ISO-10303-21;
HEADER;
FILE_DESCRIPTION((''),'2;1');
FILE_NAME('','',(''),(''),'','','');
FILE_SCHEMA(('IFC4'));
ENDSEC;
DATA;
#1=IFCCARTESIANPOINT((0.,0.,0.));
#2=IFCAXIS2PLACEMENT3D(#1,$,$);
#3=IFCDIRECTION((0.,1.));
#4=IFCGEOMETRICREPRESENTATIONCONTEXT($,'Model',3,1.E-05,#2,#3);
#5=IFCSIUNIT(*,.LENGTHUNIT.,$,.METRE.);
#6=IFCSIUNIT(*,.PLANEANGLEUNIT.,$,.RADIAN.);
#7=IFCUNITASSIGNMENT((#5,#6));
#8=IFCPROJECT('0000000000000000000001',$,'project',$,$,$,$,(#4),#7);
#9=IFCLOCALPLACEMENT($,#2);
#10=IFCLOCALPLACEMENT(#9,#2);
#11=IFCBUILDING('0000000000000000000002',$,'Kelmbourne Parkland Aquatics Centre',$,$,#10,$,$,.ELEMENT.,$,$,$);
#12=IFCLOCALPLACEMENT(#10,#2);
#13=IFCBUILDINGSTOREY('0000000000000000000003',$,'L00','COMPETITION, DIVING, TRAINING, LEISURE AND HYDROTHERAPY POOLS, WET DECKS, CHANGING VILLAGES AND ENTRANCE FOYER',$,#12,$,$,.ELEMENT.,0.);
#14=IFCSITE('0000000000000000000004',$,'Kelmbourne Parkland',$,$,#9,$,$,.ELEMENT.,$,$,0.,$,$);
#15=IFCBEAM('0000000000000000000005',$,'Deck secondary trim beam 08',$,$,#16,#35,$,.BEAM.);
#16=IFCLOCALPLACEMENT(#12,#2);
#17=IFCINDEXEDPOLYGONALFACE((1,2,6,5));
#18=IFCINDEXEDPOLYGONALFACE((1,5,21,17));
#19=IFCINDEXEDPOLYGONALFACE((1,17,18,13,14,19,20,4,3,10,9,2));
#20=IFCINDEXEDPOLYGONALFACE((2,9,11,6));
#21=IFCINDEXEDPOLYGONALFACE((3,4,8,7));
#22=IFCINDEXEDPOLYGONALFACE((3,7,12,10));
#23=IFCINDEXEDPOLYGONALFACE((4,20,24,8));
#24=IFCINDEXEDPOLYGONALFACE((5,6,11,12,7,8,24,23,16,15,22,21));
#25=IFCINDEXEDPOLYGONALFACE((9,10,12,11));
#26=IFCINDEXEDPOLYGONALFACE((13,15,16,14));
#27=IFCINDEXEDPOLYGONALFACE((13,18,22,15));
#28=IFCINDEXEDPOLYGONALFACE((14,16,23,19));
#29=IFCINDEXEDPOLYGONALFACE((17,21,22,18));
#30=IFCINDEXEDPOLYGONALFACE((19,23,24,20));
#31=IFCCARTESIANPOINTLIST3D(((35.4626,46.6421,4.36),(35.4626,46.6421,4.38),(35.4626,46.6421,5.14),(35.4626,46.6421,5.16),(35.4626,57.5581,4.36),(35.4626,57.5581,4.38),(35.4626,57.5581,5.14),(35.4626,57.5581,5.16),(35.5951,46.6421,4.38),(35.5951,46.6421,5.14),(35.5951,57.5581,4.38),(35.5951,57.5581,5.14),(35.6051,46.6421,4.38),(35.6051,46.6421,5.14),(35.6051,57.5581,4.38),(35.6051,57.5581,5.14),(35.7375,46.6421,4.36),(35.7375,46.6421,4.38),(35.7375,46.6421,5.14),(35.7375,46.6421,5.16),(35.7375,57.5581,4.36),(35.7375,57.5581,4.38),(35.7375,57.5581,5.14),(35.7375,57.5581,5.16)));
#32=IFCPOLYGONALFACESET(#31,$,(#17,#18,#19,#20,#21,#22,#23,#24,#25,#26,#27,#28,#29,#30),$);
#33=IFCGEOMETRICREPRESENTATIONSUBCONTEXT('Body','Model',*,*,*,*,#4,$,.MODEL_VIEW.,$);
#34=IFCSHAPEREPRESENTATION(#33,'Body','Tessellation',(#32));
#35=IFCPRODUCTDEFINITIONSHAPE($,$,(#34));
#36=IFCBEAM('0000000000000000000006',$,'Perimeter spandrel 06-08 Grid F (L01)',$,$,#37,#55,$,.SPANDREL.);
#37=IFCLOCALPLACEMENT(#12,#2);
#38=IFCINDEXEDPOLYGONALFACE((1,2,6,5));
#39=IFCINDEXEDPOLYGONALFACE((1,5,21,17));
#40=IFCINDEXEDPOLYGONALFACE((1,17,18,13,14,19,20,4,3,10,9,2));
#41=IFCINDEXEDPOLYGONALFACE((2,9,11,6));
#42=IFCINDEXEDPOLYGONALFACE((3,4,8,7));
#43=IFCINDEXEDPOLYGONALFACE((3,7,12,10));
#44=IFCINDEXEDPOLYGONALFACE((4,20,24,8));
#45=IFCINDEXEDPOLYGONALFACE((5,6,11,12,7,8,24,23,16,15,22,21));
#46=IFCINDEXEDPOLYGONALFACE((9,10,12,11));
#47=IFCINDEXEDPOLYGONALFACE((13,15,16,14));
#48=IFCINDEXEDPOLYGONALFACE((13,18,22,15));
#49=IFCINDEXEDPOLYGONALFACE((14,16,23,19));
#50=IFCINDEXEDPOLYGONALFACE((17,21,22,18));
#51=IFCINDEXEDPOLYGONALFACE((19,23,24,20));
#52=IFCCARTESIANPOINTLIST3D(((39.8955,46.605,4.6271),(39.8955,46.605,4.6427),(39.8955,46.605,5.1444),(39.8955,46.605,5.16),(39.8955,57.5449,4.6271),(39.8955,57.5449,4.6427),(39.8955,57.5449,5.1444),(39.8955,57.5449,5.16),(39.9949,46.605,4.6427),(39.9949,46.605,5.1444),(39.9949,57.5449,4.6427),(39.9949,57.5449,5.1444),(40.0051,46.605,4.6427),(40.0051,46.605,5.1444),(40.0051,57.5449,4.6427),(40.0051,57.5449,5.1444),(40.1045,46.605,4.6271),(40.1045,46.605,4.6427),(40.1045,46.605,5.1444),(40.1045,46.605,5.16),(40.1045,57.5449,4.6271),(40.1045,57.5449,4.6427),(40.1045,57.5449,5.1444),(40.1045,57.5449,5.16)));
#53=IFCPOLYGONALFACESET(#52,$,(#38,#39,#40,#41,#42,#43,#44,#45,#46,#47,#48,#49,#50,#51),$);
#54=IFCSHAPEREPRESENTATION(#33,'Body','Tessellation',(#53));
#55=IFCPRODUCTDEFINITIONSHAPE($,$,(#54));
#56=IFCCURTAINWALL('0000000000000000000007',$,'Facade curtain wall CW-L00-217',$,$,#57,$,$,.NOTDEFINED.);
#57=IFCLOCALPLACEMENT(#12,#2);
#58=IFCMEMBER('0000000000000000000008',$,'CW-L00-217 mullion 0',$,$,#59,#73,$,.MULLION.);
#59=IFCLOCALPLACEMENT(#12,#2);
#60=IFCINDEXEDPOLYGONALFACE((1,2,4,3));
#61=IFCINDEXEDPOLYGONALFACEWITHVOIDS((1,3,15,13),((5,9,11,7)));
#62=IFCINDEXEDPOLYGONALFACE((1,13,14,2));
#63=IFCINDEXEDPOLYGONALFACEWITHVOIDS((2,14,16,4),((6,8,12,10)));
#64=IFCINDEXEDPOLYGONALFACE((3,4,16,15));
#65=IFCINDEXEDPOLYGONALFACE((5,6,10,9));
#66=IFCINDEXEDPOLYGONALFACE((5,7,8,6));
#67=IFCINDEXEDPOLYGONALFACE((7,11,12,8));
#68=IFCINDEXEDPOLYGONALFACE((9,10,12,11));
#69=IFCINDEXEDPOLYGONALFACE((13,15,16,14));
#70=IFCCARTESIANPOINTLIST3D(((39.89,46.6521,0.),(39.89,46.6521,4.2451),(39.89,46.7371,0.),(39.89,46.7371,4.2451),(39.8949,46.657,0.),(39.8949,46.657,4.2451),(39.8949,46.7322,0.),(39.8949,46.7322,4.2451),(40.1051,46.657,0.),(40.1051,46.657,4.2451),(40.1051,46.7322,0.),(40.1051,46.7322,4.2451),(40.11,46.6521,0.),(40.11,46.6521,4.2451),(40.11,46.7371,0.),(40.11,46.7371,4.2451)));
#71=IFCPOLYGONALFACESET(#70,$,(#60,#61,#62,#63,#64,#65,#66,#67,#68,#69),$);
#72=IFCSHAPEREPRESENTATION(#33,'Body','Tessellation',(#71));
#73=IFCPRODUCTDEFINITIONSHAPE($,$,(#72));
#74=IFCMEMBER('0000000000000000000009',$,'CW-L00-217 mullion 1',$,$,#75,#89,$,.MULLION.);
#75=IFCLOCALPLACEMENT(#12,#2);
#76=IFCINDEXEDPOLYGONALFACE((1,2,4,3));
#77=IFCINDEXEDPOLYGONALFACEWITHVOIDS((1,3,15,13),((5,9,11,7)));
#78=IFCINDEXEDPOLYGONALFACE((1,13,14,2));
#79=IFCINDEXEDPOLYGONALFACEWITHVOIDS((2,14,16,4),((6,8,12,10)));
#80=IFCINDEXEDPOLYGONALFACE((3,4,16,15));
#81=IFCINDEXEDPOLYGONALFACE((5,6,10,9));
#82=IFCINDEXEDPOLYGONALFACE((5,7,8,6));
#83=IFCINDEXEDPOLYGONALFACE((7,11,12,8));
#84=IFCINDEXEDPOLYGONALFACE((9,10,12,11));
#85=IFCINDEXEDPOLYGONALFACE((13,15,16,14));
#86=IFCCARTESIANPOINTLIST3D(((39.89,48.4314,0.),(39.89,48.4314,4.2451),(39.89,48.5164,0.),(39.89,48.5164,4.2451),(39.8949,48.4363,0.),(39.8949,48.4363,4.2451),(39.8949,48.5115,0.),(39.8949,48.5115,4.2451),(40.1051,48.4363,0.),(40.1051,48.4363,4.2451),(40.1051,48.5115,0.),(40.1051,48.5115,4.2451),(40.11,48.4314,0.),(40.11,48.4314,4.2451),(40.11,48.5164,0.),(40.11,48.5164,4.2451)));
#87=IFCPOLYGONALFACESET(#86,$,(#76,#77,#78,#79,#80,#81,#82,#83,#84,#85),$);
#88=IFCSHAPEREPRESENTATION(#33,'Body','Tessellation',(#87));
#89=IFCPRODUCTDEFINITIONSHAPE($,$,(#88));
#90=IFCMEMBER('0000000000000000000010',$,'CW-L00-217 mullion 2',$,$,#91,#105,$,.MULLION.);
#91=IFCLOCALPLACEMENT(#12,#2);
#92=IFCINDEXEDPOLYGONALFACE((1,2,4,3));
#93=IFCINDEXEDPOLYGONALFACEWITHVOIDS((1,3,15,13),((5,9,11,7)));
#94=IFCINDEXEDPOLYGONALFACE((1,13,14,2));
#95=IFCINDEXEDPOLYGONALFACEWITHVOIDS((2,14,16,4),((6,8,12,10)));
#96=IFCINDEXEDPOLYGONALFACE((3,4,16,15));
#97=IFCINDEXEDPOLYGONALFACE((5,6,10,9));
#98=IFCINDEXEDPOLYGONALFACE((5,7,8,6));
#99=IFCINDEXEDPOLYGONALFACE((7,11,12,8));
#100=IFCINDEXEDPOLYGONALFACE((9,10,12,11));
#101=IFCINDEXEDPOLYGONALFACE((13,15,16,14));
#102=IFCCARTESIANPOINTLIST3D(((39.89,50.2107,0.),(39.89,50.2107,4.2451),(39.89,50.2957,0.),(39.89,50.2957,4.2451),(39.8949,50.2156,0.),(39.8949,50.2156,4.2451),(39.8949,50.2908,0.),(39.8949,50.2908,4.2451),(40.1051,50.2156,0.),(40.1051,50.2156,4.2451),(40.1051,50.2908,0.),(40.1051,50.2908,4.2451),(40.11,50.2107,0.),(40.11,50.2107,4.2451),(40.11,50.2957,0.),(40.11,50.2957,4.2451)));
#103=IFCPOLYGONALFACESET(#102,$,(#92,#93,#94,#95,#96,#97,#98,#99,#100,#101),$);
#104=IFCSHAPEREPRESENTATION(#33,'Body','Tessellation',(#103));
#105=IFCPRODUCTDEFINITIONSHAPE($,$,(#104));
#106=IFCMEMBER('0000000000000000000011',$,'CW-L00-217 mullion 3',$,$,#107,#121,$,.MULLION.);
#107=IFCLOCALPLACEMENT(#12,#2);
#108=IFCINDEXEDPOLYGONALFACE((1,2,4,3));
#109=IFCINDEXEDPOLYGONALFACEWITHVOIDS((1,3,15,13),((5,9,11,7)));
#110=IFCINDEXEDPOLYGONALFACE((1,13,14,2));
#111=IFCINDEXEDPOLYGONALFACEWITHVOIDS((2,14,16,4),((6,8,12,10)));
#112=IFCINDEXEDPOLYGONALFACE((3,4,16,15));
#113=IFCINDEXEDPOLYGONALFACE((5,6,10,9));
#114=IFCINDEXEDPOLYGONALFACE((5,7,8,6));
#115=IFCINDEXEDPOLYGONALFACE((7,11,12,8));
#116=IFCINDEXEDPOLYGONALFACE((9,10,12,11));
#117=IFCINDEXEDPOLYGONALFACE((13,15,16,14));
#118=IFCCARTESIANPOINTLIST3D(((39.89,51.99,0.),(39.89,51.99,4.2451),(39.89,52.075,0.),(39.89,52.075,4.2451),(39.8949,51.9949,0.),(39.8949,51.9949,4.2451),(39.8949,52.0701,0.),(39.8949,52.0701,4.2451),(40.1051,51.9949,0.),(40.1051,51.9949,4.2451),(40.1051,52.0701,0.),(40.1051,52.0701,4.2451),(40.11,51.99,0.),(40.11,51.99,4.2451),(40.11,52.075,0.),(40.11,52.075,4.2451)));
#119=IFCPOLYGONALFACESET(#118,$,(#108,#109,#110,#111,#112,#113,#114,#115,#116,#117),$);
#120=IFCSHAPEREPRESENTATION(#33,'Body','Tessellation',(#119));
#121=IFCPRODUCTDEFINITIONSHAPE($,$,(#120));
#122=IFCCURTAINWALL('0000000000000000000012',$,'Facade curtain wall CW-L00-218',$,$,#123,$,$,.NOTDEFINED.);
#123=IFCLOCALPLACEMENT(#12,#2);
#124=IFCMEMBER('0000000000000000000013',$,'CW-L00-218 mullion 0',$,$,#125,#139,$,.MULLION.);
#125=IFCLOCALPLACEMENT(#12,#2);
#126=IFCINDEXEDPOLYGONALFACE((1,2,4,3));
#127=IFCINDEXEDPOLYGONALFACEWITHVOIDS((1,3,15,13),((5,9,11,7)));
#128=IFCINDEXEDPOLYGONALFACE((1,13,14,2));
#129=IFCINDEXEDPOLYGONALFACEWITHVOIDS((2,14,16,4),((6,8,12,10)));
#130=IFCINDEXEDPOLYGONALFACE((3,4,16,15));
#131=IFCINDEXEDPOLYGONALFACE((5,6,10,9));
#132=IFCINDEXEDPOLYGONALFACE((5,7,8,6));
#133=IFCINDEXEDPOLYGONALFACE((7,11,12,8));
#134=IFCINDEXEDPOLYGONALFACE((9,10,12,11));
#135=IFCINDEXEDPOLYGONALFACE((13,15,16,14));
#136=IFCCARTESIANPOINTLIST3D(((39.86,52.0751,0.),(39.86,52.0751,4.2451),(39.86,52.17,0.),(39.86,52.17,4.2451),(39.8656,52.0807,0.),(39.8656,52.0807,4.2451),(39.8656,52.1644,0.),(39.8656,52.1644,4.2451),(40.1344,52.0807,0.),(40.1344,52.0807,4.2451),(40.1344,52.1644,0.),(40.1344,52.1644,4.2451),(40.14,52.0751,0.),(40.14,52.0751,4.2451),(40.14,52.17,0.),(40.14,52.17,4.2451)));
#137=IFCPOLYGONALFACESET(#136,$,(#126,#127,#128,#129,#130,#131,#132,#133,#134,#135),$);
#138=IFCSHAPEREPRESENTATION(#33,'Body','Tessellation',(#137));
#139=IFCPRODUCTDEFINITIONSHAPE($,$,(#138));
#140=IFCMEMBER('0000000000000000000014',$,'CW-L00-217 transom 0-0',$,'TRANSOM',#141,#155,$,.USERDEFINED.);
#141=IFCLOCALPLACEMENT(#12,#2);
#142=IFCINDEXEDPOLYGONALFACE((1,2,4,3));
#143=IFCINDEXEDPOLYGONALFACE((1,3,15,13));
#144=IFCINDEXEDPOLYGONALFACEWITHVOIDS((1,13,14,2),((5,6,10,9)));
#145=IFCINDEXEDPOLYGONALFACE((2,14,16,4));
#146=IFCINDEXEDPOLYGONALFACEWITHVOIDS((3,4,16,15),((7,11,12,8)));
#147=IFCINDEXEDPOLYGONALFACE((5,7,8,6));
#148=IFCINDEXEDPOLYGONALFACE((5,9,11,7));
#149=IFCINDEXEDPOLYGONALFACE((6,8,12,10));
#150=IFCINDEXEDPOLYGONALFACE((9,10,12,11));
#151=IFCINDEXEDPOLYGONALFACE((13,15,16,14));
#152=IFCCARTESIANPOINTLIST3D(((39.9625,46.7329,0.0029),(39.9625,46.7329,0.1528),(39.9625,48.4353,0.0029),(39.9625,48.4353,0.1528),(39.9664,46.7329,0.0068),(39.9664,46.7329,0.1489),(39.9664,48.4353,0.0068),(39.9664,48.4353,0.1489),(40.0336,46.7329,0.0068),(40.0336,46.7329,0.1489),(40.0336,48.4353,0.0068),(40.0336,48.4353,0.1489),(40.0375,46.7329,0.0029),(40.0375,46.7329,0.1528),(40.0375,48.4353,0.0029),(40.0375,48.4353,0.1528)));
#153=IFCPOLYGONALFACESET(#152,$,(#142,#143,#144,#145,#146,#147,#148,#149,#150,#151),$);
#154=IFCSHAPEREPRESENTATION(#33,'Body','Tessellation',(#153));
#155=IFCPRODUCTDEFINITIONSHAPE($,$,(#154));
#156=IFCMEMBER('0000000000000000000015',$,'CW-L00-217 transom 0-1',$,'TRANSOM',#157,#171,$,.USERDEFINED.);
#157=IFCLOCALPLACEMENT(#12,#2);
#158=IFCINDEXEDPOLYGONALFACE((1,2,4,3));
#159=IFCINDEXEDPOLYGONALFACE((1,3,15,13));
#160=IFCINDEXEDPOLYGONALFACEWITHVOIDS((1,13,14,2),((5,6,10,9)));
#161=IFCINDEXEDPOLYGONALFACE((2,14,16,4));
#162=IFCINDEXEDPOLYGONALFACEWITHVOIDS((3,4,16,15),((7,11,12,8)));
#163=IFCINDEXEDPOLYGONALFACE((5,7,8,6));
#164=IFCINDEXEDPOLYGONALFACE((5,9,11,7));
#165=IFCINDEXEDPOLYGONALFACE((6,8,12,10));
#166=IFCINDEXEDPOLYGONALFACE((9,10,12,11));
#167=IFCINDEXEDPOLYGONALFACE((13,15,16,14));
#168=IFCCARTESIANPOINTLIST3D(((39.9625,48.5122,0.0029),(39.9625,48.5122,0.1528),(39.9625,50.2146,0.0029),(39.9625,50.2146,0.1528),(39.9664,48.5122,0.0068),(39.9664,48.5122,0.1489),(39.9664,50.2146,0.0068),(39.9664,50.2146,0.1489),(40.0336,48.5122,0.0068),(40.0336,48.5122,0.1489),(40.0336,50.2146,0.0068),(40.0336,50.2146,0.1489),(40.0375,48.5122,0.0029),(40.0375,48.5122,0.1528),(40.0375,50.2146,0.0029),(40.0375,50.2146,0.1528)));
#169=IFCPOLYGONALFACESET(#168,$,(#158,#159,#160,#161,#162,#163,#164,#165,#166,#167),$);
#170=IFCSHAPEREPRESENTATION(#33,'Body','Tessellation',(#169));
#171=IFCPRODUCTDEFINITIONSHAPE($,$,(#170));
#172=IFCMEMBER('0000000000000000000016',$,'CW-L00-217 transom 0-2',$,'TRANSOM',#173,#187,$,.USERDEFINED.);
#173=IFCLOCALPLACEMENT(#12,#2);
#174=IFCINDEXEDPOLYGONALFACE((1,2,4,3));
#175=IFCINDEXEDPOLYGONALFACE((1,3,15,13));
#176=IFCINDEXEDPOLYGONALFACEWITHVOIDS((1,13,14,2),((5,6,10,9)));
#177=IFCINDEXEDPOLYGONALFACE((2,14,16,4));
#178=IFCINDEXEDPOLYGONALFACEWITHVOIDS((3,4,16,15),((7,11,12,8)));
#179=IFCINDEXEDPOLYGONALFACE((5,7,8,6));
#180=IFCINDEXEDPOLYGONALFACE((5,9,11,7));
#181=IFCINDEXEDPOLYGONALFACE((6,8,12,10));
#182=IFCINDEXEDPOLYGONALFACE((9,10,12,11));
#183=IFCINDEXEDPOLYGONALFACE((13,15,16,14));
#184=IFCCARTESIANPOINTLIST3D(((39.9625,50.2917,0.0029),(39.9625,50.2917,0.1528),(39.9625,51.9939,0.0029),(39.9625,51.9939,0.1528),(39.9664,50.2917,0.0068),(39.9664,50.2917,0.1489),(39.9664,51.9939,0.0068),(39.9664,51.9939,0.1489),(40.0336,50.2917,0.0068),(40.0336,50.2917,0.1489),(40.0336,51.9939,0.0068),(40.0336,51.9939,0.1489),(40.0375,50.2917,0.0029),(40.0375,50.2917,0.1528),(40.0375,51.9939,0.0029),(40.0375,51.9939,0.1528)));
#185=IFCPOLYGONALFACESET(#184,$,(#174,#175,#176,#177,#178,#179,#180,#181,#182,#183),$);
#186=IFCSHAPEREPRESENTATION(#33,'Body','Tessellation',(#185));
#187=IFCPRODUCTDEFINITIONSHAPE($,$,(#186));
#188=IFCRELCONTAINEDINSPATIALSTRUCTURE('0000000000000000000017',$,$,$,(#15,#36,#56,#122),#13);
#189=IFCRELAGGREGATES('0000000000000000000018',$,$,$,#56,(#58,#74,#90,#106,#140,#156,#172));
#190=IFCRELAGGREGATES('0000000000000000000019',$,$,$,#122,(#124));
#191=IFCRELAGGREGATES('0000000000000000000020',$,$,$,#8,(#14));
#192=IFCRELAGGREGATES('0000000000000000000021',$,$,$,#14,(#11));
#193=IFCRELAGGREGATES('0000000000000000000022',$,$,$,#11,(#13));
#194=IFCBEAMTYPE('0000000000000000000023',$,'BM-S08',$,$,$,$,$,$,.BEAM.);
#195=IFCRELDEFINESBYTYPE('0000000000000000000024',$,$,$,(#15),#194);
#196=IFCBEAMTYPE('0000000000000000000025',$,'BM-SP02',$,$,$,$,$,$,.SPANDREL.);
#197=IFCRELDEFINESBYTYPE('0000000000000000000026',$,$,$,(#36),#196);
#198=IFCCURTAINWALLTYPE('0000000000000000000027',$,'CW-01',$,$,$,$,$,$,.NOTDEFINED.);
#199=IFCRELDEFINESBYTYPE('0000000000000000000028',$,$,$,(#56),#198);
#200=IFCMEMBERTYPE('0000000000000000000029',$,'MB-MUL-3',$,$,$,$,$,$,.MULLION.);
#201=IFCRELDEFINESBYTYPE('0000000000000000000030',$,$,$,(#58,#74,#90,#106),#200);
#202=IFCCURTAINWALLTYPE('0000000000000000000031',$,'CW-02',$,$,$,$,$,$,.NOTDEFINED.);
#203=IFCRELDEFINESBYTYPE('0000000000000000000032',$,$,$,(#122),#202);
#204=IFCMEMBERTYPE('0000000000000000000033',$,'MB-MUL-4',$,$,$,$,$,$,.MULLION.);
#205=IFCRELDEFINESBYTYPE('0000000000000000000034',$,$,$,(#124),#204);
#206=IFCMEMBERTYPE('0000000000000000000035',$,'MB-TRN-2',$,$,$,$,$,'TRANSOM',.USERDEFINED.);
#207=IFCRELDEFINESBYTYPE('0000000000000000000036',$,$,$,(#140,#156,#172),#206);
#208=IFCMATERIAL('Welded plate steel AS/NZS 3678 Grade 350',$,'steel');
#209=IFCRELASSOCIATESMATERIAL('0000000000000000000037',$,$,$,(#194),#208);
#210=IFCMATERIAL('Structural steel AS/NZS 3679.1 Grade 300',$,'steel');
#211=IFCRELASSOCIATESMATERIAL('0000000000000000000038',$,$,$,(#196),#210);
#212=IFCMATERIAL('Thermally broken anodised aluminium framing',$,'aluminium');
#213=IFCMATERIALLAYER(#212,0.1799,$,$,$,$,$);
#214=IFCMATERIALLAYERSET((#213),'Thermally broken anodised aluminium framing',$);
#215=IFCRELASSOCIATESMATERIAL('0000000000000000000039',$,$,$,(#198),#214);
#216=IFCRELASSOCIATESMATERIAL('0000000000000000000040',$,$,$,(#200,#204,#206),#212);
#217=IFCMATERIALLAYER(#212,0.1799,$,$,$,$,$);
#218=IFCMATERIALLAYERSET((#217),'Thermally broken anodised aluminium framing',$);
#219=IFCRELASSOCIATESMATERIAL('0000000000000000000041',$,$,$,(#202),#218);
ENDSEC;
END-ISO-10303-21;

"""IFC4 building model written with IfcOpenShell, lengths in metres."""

from ifc_helpers import new_model, si_unit, direction, frame, origin, origin_2d, place, context, subcontext, project, spatial, hollow_rectangle, i_section, extrude, material, layer, layer_set, material_profile, profile_set, type_object, element, aggregate, save


model = new_model("IFC4")

# Units and contexts
model_context = context("Model", 3, precision=1e-05, world=origin(), true_north=direction((0.0, 1.0)))
body_context = subcontext(model_context, "Body", "Model", "MODEL_VIEW")
ifc_project = project(units=[si_unit("LENGTHUNIT", "METRE"), si_unit("PLANEANGLEUNIT", "RADIAN")], contexts=[model_context])

# Site, building, storey
site_placement = place(None, origin())
site = spatial("IfcSite", under=ifc_project, at=site_placement, Name="Kelmbourne Parkland", CompositionType="ELEMENT", RefElevation=0.0)
building_placement = place(site_placement, origin())
building = spatial("IfcBuilding", under=site, at=building_placement, Name="Kelmbourne Parkland Aquatics Centre", CompositionType="ELEMENT")
storey_placement = place(building_placement, origin())
storey = spatial("IfcBuildingStorey", under=building, at=storey_placement, Name="L00", Description="COMPETITION, DIVING, TRAINING, LEISURE AND HYDROTHERAPY POOLS, WET DECKS, CHANGING VILLAGES AND ENTRANCE FOYER", CompositionType="ELEMENT", Elevation=0.0)

# Beams
ifc_material_1 = material(Name="Structural steel AS/NZS 3679.1 Grade 300", Category="steel")
ifc_material_2 = material(Name="Welded plate steel AS/NZS 3678 Grade 350", Category="steel")
ifc_material_profile_1 = material_profile(ifc_material_2, i_section(OverallWidth=0.2749, OverallDepth=0.8, WebThickness=0.01, FlangeThickness=0.02, at=origin_2d()), Name="800WB146")
ifc_profile_set_1 = profile_set([ifc_material_profile_1], Name="Welded plate steel AS/NZS 3678 Grade 350")
beam_type_1 = type_object("IfcBeamType", Name="BM-S08", PredefinedType="BEAM", material=ifc_profile_set_1)
beam_1_placement = place(storey_placement, frame((35.6001, 46.6421, 4.76), z_axis=(0.0, 1.0, 0.0), x_axis=(-1.0, 0.0, 0.0)))
element("IfcBeam", 1, at=beam_1_placement, inside=storey, type_object=beam_type_1, Name="Deck secondary trim beam 08", PredefinedType="BEAM", context=body_context, shape_type="SweptSolid", body=[
    extrude(i_section(OverallWidth=0.2749, OverallDepth=0.8, WebThickness=0.01, FlangeThickness=0.02, at=origin_2d()), origin(), (0.0, 0.0, 1.0), 10.916),
])
ifc_material_profile_2 = material_profile(ifc_material_1, i_section(OverallWidth=0.209, OverallDepth=0.533, WebThickness=0.0103, FlangeThickness=0.0156, at=origin_2d()), Name="530UB92.4")
ifc_profile_set_2 = profile_set([ifc_material_profile_2], Name="Structural steel AS/NZS 3679.1 Grade 300")
beam_type_2 = type_object("IfcBeamType", Name="BM-SP02", PredefinedType="SPANDREL", material=ifc_profile_set_2)
beam_2_placement = place(storey_placement, frame((40.0, 46.605, 4.8936), z_axis=(0.0, 1.0, 0.0), x_axis=(-1.0, 0.0, 0.0)))
element("IfcBeam", 2, at=beam_2_placement, inside=storey, type_object=beam_type_2, Name="Perimeter spandrel 06-08 Grid F (L01)", PredefinedType="SPANDREL", context=body_context, shape_type="SweptSolid", body=[
    extrude(i_section(OverallWidth=0.209, OverallDepth=0.533, WebThickness=0.0103, FlangeThickness=0.0156, at=origin_2d()), origin(), (0.0, 0.0, 1.0), 10.9399),
])

# Curtain wall, members
ifc_material_3 = material(Name="Thermally broken anodised aluminium framing", Category="aluminium")
ifc_layer_1 = layer(ifc_material_3, 0.1799)
ifc_layer_set_1 = layer_set([ifc_layer_1], Name="Thermally broken anodised aluminium framing")
curtain_wall_type_1 = type_object("IfcCurtainWallType", Name="CW-01", PredefinedType="NOTDEFINED", material=ifc_layer_set_1)
curtain_wall_1_placement = place(storey_placement, origin())
curtain_wall_1 = element("IfcCurtainWall", 3, at=curtain_wall_1_placement, inside=storey, type_object=curtain_wall_type_1, Name="Facade curtain wall CW-L00-217", PredefinedType="NOTDEFINED")
ifc_material_profile_3 = material_profile(ifc_material_3, hollow_rectangle(XDim=0.085, YDim=0.22, WallThickness=0.0049, at=origin_2d()), Name="CW-M 85x220")
ifc_profile_set_3 = profile_set([ifc_material_profile_3], Name="Thermally broken anodised aluminium framing")
member_type_1 = type_object("IfcMemberType", Name="MB-MUL-3", PredefinedType="MULLION", material=ifc_profile_set_3)
member_1_placement = place(storey_placement, frame((40.0, 46.6946, 0.0), z_axis=(0.0, 0.0, 1.0), x_axis=(0.0, 1.0, 0.0)))
member_1 = element("IfcMember", 4, at=member_1_placement, type_object=member_type_1, Name="CW-L00-217 mullion 0", PredefinedType="MULLION", context=body_context, shape_type="SweptSolid", body=[
    extrude(hollow_rectangle(XDim=0.085, YDim=0.22, WallThickness=0.0049, at=origin_2d()), origin(), (0.0, 0.0, 1.0), 4.2451),
])
member_2_placement = place(storey_placement, frame((40.0, 48.4739, 0.0), z_axis=(0.0, 0.0, 1.0), x_axis=(0.0, 1.0, 0.0)))
member_2 = element("IfcMember", 5, at=member_2_placement, type_object=member_type_1, Name="CW-L00-217 mullion 1", PredefinedType="MULLION", context=body_context, shape_type="SweptSolid", body=[
    extrude(hollow_rectangle(XDim=0.085, YDim=0.22, WallThickness=0.0049, at=origin_2d()), origin(), (0.0, 0.0, 1.0), 4.2451),
])
member_3_placement = place(storey_placement, frame((40.0, 50.2532, 0.0), z_axis=(0.0, 0.0, 1.0), x_axis=(0.0, 1.0, 0.0)))
member_3 = element("IfcMember", 6, at=member_3_placement, type_object=member_type_1, Name="CW-L00-217 mullion 2", PredefinedType="MULLION", context=body_context, shape_type="SweptSolid", body=[
    extrude(hollow_rectangle(XDim=0.085, YDim=0.22, WallThickness=0.0049, at=origin_2d()), origin(), (0.0, 0.0, 1.0), 4.2451),
])
member_4_placement = place(storey_placement, frame((40.0, 52.0325, 0.0), z_axis=(0.0, 0.0, 1.0), x_axis=(0.0, 1.0, 0.0)))
member_4 = element("IfcMember", 7, at=member_4_placement, type_object=member_type_1, Name="CW-L00-217 mullion 3", PredefinedType="MULLION", context=body_context, shape_type="SweptSolid", body=[
    extrude(hollow_rectangle(XDim=0.085, YDim=0.22, WallThickness=0.0049, at=origin_2d()), origin(), (0.0, 0.0, 1.0), 4.2451),
])

# Curtain wall, member
ifc_layer_2 = layer(ifc_material_3, 0.1799)
ifc_layer_set_2 = layer_set([ifc_layer_2], Name="Thermally broken anodised aluminium framing")
curtain_wall_type_2 = type_object("IfcCurtainWallType", Name="CW-02", PredefinedType="NOTDEFINED", material=ifc_layer_set_2)
curtain_wall_2_placement = place(storey_placement, origin())
curtain_wall_2 = element("IfcCurtainWall", 8, at=curtain_wall_2_placement, inside=storey, type_object=curtain_wall_type_2, Name="Facade curtain wall CW-L00-218", PredefinedType="NOTDEFINED")
ifc_material_profile_4 = material_profile(ifc_material_3, hollow_rectangle(XDim=0.095, YDim=0.28, WallThickness=0.0056, at=origin_2d()), Name="CW-M 95x280")
ifc_profile_set_4 = profile_set([ifc_material_profile_4], Name="Thermally broken anodised aluminium framing")
member_type_2 = type_object("IfcMemberType", Name="MB-MUL-4", PredefinedType="MULLION", material=ifc_profile_set_4)
member_5_placement = place(storey_placement, frame((40.0, 52.1226, 0.0), z_axis=(0.0, 0.0, 1.0), x_axis=(0.0, 1.0, 0.0)))
member_5 = element("IfcMember", 9, at=member_5_placement, type_object=member_type_2, Name="CW-L00-218 mullion 0", PredefinedType="MULLION", context=body_context, shape_type="SweptSolid", body=[
    extrude(hollow_rectangle(XDim=0.095, YDim=0.28, WallThickness=0.0056, at=origin_2d()), origin(), (0.0, 0.0, 1.0), 4.2451),
])

# Members
ifc_material_profile_5 = material_profile(ifc_material_3, hollow_rectangle(XDim=0.075, YDim=0.1499, WallThickness=0.0039, at=origin_2d()), Name="CW-T 75x150")
ifc_profile_set_5 = profile_set([ifc_material_profile_5], Name="Thermally broken anodised aluminium framing")
member_type_3 = type_object("IfcMemberType", Name="MB-TRN-2", ElementType="TRANSOM", PredefinedType="USERDEFINED", material=ifc_profile_set_5)
member_6_placement = place(storey_placement, frame((40.0, 46.7329, 0.0779), z_axis=(0.0, 1.0, 0.0), x_axis=(-1.0, 0.0, 0.0)))
member_6 = element("IfcMember", 10, at=member_6_placement, type_object=member_type_3, Name="CW-L00-217 transom 0-0", ObjectType="TRANSOM", PredefinedType="USERDEFINED", context=body_context, shape_type="SweptSolid", body=[
    extrude(hollow_rectangle(XDim=0.075, YDim=0.1499, WallThickness=0.0039, at=origin_2d()), origin(), (0.0, 0.0, 1.0), 1.7024),
])
member_7_placement = place(storey_placement, frame((40.0, 48.5122, 0.0779), z_axis=(0.0, 1.0, 0.0), x_axis=(-1.0, 0.0, 0.0)))
member_7 = element("IfcMember", 11, at=member_7_placement, type_object=member_type_3, Name="CW-L00-217 transom 0-1", ObjectType="TRANSOM", PredefinedType="USERDEFINED", context=body_context, shape_type="SweptSolid", body=[
    extrude(hollow_rectangle(XDim=0.075, YDim=0.1499, WallThickness=0.0039, at=origin_2d()), origin(), (0.0, 0.0, 1.0), 1.7024),
])
member_8_placement = place(storey_placement, frame((40.0, 50.2917, 0.0779), z_axis=(0.0, 1.0, 0.0), x_axis=(-1.0, 0.0, 0.0)))
member_8 = element("IfcMember", 12, at=member_8_placement, type_object=member_type_3, Name="CW-L00-217 transom 0-2", ObjectType="TRANSOM", PredefinedType="USERDEFINED", context=body_context, shape_type="SweptSolid", body=[
    extrude(hollow_rectangle(XDim=0.075, YDim=0.1499, WallThickness=0.0039, at=origin_2d()), origin(), (0.0, 0.0, 1.0), 1.7021),
])

aggregate(curtain_wall_1, [member_1, member_2, member_3, member_4, member_6, member_7, member_8])
aggregate(curtain_wall_2, [member_5])

save(model, "model.ifc")
